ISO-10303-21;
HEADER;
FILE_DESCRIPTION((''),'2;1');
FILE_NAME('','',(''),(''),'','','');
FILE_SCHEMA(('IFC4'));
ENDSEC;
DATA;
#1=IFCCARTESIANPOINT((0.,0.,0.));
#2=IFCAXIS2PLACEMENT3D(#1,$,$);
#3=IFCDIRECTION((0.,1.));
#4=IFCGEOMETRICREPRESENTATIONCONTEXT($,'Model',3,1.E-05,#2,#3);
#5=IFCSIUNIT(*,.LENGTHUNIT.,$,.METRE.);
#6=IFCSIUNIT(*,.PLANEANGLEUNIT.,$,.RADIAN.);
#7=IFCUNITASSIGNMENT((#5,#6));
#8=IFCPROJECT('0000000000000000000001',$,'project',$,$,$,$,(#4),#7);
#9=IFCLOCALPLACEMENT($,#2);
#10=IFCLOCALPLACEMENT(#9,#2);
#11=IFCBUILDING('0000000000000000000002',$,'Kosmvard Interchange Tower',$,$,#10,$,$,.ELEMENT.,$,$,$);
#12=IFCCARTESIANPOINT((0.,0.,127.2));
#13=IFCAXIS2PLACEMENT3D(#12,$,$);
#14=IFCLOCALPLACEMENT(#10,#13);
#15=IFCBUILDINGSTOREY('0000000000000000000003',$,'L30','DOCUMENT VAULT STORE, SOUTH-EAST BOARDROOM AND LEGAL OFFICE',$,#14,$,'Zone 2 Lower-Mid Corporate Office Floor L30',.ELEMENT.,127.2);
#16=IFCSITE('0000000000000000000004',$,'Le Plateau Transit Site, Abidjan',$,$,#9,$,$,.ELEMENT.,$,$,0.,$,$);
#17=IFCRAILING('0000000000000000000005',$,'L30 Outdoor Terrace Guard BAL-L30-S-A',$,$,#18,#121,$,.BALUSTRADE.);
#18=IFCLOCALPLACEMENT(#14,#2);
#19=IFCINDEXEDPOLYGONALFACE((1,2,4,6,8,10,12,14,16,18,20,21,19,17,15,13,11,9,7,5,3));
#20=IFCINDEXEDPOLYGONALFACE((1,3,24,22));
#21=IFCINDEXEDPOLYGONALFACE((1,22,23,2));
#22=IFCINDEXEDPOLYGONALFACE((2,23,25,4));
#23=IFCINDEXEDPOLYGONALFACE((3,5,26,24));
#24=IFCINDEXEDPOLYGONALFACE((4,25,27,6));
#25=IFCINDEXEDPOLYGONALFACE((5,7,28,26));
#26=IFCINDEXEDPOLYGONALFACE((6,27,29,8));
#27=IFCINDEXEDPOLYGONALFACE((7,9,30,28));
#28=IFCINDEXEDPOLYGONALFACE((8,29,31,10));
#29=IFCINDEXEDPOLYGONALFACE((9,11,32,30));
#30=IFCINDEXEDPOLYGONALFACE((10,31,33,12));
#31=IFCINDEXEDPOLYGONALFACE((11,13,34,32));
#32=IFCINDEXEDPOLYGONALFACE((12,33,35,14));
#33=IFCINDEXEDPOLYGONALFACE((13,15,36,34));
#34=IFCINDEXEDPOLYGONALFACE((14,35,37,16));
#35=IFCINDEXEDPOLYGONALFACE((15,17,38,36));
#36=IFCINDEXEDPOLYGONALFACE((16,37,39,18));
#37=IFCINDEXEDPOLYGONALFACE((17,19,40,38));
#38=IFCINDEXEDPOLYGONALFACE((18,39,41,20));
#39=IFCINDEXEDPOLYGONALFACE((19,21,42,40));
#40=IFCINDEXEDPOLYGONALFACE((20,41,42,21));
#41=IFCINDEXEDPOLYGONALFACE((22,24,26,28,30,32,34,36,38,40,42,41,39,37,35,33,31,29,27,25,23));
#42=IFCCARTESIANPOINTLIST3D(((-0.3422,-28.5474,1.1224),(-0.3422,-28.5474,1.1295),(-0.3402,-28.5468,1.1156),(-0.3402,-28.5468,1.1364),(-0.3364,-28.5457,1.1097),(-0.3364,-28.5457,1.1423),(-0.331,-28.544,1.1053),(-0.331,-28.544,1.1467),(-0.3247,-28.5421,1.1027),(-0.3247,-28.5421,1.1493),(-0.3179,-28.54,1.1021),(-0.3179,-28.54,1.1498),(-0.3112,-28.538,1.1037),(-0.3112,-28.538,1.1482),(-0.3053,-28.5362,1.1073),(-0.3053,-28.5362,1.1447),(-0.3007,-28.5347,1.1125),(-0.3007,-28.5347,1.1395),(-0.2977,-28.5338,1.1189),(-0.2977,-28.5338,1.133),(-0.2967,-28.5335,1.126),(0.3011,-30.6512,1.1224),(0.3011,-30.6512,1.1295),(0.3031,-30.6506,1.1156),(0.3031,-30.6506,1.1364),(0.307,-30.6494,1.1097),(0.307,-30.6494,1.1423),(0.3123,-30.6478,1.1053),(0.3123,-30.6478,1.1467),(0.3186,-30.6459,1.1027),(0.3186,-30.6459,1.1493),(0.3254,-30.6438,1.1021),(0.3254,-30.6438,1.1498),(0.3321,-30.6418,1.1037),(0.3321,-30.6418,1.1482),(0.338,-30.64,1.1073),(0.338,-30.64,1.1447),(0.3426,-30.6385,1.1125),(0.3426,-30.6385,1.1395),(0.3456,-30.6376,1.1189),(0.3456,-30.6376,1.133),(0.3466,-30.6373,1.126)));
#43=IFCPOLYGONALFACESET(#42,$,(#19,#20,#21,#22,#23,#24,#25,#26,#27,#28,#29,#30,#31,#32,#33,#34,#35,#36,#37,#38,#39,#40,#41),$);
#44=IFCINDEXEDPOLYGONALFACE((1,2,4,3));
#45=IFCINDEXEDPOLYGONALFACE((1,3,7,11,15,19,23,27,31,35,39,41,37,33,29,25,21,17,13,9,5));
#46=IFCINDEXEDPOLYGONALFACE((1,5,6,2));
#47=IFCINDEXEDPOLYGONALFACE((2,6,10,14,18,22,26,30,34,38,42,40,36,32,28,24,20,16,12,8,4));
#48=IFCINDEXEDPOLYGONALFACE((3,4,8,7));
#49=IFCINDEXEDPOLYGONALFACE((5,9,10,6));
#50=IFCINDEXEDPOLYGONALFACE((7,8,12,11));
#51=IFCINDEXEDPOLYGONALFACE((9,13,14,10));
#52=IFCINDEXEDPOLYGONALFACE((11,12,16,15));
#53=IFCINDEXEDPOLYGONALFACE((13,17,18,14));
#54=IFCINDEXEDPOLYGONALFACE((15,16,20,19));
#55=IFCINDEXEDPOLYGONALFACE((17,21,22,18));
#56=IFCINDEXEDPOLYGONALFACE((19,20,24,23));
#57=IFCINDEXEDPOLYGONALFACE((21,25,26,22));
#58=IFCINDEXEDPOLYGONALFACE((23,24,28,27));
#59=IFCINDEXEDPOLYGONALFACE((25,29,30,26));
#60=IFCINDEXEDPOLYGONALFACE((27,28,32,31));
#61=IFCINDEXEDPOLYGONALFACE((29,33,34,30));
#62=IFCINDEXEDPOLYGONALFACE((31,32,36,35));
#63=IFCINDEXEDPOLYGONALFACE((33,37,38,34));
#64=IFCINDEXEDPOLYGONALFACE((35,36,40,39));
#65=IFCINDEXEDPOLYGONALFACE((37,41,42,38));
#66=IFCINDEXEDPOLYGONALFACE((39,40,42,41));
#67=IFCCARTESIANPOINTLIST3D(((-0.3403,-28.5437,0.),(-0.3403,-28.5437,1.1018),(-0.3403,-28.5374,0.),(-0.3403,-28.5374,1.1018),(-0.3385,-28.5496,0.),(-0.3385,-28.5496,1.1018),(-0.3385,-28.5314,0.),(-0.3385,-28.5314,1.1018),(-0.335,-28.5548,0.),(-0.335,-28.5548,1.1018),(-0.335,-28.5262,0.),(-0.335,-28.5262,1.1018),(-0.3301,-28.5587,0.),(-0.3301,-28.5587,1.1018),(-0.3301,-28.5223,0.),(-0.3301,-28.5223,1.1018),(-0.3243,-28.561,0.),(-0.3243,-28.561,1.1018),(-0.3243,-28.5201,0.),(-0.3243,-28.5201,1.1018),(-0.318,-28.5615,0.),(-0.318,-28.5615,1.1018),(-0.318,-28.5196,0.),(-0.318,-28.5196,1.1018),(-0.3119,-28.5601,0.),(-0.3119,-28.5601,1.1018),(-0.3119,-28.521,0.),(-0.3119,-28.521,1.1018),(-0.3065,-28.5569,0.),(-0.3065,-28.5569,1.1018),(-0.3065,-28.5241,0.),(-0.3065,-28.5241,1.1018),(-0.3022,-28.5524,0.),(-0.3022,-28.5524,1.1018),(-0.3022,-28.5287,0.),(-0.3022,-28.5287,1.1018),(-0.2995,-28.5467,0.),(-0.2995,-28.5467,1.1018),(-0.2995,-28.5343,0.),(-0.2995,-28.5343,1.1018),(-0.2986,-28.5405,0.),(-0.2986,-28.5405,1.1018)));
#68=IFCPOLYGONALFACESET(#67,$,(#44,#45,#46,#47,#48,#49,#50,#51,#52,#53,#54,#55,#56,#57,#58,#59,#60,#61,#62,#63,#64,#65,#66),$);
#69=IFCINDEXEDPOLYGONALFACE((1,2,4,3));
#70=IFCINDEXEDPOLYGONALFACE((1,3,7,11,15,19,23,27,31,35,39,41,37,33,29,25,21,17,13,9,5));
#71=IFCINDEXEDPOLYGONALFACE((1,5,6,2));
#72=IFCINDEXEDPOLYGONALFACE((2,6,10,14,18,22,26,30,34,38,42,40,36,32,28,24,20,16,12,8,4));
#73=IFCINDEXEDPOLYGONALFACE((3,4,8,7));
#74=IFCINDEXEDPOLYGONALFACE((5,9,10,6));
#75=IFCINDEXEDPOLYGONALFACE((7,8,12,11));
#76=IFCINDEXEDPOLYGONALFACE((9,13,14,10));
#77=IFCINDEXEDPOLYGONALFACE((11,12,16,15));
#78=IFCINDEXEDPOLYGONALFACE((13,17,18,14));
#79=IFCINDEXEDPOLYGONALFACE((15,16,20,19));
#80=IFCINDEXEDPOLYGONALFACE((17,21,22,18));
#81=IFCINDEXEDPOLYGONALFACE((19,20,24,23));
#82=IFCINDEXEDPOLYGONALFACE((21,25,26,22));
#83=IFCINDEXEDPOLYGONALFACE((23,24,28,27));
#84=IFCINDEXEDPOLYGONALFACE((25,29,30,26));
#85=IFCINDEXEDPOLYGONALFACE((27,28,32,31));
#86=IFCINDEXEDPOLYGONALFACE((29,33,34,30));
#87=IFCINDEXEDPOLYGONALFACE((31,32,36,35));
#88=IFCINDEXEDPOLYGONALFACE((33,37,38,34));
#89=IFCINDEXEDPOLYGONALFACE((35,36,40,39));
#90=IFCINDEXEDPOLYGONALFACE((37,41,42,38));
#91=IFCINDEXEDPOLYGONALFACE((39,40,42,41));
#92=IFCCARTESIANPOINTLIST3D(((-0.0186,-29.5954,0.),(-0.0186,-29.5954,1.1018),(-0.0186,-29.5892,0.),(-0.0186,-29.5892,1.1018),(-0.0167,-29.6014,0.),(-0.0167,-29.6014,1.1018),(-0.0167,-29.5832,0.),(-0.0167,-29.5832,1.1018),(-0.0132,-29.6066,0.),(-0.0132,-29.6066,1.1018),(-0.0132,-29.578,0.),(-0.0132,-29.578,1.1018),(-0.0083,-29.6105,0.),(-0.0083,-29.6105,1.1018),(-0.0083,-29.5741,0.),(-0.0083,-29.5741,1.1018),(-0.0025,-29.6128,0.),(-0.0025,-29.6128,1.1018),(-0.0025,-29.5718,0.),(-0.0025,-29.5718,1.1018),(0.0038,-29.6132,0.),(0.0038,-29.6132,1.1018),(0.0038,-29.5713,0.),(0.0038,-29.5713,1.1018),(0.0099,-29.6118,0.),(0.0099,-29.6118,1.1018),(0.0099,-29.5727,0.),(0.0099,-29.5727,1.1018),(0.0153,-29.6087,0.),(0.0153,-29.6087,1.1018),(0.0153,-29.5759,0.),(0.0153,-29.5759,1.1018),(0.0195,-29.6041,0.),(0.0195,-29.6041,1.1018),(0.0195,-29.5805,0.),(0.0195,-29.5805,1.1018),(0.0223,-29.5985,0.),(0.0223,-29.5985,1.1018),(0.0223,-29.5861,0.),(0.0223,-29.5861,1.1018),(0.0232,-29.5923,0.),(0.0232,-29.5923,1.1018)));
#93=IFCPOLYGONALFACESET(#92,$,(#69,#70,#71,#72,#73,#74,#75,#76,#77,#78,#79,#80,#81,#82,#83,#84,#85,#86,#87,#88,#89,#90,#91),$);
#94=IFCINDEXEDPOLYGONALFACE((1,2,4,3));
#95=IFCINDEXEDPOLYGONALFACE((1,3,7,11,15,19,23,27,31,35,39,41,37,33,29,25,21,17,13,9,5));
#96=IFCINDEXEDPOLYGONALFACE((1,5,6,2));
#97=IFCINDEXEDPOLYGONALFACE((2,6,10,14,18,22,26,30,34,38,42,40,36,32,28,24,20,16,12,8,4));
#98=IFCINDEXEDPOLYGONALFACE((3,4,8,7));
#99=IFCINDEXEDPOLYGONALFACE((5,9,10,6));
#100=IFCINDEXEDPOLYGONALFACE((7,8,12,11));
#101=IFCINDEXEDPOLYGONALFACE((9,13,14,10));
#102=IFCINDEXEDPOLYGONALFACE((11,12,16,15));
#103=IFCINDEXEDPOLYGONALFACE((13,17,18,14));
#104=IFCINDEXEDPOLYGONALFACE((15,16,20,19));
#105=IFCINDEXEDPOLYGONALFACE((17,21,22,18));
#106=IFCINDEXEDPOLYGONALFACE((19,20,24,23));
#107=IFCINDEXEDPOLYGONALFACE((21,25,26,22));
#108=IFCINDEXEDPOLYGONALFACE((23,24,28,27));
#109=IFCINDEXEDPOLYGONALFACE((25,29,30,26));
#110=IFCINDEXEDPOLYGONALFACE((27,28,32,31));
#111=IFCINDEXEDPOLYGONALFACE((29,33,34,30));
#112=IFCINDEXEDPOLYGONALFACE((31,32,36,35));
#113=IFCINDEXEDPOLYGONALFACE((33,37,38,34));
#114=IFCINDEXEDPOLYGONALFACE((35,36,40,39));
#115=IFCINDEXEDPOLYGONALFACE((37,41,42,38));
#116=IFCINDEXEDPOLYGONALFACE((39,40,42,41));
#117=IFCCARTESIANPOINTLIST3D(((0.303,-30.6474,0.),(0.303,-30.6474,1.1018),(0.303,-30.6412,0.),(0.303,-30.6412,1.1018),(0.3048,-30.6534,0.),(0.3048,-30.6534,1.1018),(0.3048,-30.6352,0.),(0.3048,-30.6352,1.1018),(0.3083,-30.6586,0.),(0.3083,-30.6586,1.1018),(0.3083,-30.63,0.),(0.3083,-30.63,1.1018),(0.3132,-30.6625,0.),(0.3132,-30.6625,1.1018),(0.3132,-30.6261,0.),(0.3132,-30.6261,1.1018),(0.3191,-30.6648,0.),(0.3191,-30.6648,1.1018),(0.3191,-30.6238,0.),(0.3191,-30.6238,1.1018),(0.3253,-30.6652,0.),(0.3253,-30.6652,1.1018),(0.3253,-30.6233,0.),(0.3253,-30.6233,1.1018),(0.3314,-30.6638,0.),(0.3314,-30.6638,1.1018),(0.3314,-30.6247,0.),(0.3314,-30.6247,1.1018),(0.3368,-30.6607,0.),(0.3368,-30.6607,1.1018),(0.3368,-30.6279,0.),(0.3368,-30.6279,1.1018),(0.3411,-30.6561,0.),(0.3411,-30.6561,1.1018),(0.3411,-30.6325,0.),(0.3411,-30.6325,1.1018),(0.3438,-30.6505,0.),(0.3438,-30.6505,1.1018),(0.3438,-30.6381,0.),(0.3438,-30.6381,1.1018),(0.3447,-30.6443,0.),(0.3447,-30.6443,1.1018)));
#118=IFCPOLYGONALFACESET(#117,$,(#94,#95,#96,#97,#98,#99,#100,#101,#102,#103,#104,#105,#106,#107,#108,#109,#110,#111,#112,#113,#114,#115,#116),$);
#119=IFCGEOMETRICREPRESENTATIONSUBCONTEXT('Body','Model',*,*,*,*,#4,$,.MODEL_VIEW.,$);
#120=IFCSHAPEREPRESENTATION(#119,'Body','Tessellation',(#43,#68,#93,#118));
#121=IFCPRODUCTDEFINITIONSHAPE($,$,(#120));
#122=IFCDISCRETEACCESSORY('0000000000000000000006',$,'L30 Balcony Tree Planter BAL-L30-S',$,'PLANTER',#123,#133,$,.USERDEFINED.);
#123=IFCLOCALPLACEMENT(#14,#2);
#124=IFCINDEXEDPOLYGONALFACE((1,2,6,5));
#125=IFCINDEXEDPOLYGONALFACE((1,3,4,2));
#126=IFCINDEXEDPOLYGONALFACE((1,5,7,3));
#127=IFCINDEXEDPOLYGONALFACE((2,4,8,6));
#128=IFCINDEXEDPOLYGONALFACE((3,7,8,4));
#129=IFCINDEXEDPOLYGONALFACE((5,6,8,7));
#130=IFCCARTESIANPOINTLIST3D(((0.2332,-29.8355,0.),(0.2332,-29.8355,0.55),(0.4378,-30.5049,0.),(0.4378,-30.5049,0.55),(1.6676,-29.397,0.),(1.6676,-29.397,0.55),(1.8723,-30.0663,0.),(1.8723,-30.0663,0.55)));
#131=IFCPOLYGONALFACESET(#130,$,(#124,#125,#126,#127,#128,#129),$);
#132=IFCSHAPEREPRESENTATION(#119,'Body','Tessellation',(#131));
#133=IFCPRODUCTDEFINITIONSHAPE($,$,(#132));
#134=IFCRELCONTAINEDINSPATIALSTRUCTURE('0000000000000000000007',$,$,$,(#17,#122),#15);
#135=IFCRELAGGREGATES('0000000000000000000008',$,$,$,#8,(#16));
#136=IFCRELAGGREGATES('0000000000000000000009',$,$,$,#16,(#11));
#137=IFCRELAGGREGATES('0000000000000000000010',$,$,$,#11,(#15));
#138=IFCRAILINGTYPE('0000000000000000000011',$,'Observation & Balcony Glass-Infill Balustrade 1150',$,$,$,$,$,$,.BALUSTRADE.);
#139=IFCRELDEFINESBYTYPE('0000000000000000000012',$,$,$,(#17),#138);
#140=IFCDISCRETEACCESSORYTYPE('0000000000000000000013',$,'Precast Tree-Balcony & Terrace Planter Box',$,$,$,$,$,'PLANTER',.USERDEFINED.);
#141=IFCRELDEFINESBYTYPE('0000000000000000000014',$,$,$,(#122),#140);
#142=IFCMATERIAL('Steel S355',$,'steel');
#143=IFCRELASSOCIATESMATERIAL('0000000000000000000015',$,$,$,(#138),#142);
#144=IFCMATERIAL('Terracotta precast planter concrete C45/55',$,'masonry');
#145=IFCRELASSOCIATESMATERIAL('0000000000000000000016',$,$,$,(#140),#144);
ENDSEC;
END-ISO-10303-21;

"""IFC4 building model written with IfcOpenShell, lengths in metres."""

from ifc_helpers import new_model, si_unit, direction, frame, origin, origin_2d, place, context, subcontext, project, spatial, rectangle, circle, extrude, source, transform, mapped, material, type_object, element, save


model = new_model("IFC4")

# Units and contexts
model_context = context("Model", 3, precision=1e-05, world=origin(), true_north=direction((0.0, 1.0)))
body_context = subcontext(model_context, "Body", "Model", "MODEL_VIEW")
ifc_project = project(units=[si_unit("LENGTHUNIT", "METRE"), si_unit("PLANEANGLEUNIT", "RADIAN")], contexts=[model_context])

# Site, building, storey
site_placement = place(None, origin())
site = spatial("IfcSite", under=ifc_project, at=site_placement, Name="Le Plateau Transit Site, Abidjan", CompositionType="ELEMENT", RefElevation=0.0)
building_placement = place(site_placement, origin())
building = spatial("IfcBuilding", under=site, at=building_placement, Name="Kosmvard Interchange Tower", CompositionType="ELEMENT")
storey_placement = place(building_placement, frame((0.0, 0.0, 127.2)))
storey = spatial("IfcBuildingStorey", under=building, at=storey_placement, Name="L30", Description="DOCUMENT VAULT STORE, SOUTH-EAST BOARDROOM AND LEGAL OFFICE", LongName="Zone 2 Lower-Mid Corporate Office Floor L30", CompositionType="ELEMENT", Elevation=127.2)

# Shared definitions
ifc_material_1 = material(Name="Steel S355", Category="steel")

# Railing
railing_type = type_object("IfcRailingType", Name="Observation & Balcony Glass-Infill Balustrade 1150", PredefinedType="BALUSTRADE", material=ifc_material_1)
shared_shape_1 = source(origin(), body_context, "Body", "SweptSolid", [
    extrude(circle(Radius=0.0239, at=origin_2d()), frame((0.0, 0.0, 1.126), z_axis=(0.292424, -0.956289, 0.0), x_axis=(0.956289, 0.292424, 0.0)), (0.0, 0.0, 1.0), 2.2),
    extrude(circle(Radius=0.021, at=origin_2d()), origin(), (0.0, 0.0, 1.0), 1.1018),
    extrude(circle(Radius=0.021, at=origin_2d()), frame((0.3218, -1.0518, 0.0)), (0.0, 0.0, 1.0), 1.1018),
    extrude(circle(Radius=0.021, at=origin_2d()), frame((0.6433, -2.1038, 0.0)), (0.0, 0.0, 1.0), 1.1018),
])
railing_1_placement = place(storey_placement, frame((-0.3196, -28.5405, 0.0)))
element("IfcRailing", 1, at=railing_1_placement, inside=storey, type_object=railing_type, Name="L30 Outdoor Terrace Guard BAL-L30-S-A", PredefinedType="BALUSTRADE", context=body_context, shape_type="MappedRepresentation", body=[
    mapped(shared_shape_1, transform((0.0, 0.0, 0.0), scale=1.0)),
])

# Discrete accessory
ifc_material_2 = material(Name="Terracotta precast planter concrete C45/55", Category="masonry")
discrete_accessory_type = type_object("IfcDiscreteAccessoryType", Name="Precast Tree-Balcony & Terrace Planter Box", ElementType="PLANTER", PredefinedType="USERDEFINED", material=ifc_material_2)
shared_shape_2 = source(origin(), body_context, "Body", "SweptSolid", [
    extrude(rectangle(XDim=1.5, YDim=0.7, at=origin_2d()), origin(), (0.0, 0.0, 1.0), 0.55),
])
discrete_accessory_placement = place(storey_placement, frame((1.0527, -29.9509, 0.0), z_axis=(0.0, 0.0, 1.0), x_axis=(0.956305, 0.292372, 0.0)))
element("IfcDiscreteAccessory", 2, at=discrete_accessory_placement, inside=storey, type_object=discrete_accessory_type, Name="L30 Balcony Tree Planter BAL-L30-S", ObjectType="PLANTER", PredefinedType="USERDEFINED", context=body_context, shape_type="MappedRepresentation", body=[
    mapped(shared_shape_2, transform((0.0, 0.0, 0.0), scale=1.0)),
])

save(model, "model.ifc")
